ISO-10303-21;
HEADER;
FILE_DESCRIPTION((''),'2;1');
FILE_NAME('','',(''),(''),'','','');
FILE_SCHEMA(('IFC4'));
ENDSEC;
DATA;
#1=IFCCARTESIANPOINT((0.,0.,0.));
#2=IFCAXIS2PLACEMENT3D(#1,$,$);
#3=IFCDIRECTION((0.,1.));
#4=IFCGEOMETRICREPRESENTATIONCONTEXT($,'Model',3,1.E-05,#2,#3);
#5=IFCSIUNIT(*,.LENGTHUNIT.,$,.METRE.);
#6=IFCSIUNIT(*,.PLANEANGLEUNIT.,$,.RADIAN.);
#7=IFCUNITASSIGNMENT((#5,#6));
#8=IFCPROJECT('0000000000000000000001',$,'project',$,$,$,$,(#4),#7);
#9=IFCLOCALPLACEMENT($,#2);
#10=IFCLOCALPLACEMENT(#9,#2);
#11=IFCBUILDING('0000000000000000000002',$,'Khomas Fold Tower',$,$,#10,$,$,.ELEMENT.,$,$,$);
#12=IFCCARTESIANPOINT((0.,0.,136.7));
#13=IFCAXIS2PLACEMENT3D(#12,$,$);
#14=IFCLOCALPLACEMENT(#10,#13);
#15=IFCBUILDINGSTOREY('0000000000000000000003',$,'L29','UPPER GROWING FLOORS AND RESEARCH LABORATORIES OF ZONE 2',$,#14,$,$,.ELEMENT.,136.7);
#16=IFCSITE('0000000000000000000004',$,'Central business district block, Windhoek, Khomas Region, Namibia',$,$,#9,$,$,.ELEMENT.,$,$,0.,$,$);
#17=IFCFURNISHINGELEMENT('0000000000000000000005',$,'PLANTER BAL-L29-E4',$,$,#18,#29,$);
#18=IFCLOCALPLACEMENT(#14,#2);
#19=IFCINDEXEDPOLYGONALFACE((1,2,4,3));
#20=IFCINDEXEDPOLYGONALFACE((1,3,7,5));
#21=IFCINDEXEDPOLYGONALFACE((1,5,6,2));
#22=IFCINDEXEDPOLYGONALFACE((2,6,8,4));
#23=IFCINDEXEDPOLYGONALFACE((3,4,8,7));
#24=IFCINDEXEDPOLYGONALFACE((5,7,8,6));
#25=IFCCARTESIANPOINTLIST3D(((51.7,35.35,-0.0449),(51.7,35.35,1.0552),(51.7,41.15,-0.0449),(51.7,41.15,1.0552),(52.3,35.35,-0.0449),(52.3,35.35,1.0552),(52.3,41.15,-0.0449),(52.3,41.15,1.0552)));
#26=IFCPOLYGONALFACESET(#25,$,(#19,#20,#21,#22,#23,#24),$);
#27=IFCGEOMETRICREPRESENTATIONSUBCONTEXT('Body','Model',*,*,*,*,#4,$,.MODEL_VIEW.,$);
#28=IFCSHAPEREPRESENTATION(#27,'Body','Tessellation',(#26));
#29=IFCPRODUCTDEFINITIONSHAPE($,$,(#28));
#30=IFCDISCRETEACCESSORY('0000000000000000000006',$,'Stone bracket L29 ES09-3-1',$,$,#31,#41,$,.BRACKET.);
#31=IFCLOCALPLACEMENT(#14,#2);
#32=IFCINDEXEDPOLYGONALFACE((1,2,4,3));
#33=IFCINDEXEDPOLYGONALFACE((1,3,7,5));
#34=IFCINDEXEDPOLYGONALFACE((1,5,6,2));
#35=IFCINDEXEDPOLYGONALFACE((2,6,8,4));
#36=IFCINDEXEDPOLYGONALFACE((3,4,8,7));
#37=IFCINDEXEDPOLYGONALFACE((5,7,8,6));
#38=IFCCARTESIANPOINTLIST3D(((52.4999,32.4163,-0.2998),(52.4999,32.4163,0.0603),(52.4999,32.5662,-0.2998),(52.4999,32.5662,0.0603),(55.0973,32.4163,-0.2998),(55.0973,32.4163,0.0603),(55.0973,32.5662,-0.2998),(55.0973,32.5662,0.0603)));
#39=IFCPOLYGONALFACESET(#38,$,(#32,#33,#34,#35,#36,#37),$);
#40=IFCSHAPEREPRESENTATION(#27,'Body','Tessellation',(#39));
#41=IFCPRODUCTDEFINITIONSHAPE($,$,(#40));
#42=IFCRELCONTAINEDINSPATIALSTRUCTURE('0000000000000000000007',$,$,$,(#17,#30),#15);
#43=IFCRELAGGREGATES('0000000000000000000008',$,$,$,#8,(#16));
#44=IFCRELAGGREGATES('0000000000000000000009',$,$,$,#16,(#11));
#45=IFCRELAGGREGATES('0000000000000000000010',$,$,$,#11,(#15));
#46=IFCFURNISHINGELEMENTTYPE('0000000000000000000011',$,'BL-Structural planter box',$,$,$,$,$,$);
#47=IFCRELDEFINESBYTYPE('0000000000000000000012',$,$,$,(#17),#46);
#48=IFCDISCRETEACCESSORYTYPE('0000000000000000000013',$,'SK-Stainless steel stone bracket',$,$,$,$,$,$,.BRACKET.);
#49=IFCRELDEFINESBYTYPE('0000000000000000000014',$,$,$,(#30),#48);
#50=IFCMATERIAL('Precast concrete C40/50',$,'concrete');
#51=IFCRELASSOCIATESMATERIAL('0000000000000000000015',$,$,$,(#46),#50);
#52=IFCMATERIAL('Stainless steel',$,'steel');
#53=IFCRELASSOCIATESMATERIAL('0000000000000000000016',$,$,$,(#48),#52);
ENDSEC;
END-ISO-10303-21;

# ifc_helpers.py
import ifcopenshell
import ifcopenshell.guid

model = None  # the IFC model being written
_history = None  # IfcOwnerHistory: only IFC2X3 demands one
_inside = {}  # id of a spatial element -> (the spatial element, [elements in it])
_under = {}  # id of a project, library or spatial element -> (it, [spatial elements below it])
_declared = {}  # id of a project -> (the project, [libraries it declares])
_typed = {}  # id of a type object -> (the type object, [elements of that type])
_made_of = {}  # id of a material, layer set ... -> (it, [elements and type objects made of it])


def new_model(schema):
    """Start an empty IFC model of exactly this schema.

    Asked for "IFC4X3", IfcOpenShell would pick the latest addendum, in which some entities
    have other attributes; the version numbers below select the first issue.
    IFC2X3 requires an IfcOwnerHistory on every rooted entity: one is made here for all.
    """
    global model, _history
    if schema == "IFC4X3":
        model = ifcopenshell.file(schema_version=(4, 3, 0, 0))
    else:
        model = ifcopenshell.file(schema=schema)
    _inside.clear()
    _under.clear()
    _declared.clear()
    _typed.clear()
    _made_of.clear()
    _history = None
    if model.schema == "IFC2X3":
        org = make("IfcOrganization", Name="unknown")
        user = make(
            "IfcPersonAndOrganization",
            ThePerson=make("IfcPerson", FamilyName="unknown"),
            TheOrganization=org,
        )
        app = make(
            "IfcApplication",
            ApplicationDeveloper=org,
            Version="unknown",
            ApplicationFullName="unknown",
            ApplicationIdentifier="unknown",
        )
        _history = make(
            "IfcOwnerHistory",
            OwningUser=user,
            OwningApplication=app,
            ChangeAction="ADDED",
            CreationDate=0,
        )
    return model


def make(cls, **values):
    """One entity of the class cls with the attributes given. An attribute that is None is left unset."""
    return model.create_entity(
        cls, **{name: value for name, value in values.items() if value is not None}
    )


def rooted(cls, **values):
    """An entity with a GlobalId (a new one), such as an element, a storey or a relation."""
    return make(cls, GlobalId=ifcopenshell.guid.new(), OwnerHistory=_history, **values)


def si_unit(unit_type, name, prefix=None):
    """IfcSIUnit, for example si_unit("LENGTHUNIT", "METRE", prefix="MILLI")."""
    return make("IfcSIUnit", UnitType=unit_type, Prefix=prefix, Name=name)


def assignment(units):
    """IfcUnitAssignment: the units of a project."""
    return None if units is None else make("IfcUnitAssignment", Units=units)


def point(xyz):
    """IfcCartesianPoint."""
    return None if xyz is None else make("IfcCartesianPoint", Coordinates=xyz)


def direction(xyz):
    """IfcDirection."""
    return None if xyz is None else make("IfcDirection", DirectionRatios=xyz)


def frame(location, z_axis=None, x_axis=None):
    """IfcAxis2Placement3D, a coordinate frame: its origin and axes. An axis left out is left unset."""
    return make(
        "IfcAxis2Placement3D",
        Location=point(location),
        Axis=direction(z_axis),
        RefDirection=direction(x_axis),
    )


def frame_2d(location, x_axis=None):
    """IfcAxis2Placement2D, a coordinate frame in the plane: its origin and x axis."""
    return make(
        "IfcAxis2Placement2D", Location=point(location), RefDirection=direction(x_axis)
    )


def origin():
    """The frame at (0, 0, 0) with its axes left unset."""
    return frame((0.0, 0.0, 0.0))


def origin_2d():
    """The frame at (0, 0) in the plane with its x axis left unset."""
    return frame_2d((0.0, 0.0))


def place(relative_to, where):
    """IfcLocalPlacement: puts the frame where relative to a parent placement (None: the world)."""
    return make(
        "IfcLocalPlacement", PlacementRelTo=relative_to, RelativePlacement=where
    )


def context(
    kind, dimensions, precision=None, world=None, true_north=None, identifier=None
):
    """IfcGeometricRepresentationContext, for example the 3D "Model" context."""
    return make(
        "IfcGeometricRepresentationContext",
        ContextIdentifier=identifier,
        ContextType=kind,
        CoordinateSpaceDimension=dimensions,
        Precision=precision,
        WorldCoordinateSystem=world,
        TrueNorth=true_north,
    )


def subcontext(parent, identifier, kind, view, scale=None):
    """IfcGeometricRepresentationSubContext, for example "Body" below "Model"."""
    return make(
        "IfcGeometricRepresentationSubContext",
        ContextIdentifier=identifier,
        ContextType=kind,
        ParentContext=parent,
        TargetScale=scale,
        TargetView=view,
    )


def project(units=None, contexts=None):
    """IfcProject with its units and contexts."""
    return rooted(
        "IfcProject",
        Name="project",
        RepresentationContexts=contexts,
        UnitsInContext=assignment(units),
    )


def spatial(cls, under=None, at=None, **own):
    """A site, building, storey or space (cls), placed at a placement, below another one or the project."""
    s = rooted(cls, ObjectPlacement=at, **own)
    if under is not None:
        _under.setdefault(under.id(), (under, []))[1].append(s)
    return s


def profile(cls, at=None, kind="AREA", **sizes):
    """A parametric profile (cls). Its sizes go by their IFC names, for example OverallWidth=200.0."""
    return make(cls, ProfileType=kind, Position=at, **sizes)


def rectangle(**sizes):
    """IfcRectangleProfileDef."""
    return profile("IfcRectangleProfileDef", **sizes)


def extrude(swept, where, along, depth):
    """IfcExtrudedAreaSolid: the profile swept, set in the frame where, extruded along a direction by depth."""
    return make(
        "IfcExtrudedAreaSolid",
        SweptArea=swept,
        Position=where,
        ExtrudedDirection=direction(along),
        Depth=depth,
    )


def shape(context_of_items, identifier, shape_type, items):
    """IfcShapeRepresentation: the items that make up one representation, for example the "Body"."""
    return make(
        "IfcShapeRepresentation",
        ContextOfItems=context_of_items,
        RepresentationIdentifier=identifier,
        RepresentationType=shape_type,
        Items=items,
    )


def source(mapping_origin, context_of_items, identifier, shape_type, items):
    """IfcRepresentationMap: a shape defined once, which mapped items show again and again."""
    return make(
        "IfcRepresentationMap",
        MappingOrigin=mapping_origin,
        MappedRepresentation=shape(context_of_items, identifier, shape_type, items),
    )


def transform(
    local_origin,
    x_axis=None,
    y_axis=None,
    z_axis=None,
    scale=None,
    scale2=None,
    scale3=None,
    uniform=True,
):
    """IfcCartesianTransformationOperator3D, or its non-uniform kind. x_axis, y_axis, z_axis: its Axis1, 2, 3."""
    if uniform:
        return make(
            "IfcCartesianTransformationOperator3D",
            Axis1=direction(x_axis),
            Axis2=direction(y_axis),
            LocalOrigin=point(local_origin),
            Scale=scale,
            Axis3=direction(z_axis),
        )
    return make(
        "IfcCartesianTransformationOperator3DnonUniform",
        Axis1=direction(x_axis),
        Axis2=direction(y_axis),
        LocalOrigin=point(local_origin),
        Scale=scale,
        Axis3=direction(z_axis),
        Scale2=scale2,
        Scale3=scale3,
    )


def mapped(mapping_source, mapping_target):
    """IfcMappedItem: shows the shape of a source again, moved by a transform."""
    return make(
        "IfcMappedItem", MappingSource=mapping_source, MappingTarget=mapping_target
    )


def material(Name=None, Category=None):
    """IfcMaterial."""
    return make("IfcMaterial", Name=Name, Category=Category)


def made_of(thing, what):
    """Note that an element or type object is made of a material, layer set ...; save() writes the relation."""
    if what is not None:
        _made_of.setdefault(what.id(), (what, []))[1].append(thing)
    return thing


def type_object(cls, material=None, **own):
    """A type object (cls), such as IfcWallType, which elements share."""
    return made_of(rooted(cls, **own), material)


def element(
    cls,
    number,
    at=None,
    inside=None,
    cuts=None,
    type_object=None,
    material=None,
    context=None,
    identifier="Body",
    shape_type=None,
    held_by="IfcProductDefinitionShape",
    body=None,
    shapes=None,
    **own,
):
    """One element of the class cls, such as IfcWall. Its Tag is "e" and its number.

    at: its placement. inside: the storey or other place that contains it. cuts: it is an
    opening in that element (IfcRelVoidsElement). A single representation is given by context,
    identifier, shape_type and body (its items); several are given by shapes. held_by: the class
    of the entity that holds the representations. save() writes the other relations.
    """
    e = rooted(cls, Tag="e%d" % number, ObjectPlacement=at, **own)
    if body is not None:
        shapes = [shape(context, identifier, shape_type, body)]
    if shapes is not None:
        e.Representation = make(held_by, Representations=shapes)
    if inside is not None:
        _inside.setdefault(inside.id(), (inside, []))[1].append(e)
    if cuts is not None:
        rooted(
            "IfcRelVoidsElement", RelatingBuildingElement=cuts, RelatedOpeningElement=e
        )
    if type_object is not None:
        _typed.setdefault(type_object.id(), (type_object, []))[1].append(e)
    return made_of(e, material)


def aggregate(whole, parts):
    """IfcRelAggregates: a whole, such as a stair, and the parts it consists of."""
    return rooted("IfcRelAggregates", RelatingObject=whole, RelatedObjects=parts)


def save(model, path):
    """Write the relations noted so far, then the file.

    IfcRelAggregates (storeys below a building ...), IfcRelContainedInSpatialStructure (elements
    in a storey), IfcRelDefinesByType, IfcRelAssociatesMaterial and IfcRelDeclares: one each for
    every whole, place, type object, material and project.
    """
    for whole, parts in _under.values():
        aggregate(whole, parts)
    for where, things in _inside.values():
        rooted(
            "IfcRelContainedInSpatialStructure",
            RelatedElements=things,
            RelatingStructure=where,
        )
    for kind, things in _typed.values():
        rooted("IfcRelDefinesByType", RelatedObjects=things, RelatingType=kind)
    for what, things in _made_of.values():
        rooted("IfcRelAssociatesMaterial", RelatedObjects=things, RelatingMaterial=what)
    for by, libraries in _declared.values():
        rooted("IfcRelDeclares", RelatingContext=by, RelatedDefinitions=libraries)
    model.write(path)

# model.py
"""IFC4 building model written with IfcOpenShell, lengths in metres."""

from ifc_helpers import new_model, si_unit, direction, frame, origin, origin_2d, place, context, subcontext, project, spatial, rectangle, extrude, source, transform, mapped, material, type_object, element, save


model = new_model("IFC4")

# Units and contexts
model_context = context("Model", 3, precision=1e-05, world=origin(), true_north=direction((0.0, 1.0)))
body_context = subcontext(model_context, "Body", "Model", "MODEL_VIEW")
ifc_project = project(units=[si_unit("LENGTHUNIT", "METRE"), si_unit("PLANEANGLEUNIT", "RADIAN")], contexts=[model_context])

# Site, building, storey
site_placement = place(None, origin())
site = spatial("IfcSite", under=ifc_project, at=site_placement, Name="Central business district block, Windhoek, Khomas Region, Namibia", CompositionType="ELEMENT", RefElevation=0.0)
building_placement = place(site_placement, origin())
building = spatial("IfcBuilding", under=site, at=building_placement, Name="Khomas Fold Tower", CompositionType="ELEMENT")
storey_placement = place(building_placement, frame((0.0, 0.0, 136.7)))
storey = spatial("IfcBuildingStorey", under=building, at=storey_placement, Name="L29", Description="UPPER GROWING FLOORS AND RESEARCH LABORATORIES OF ZONE 2", CompositionType="ELEMENT", Elevation=136.7)

# Furnishing element
ifc_material_1 = material(Name="Precast concrete C40/50", Category="concrete")
furnishing_element_type_1 = type_object("IfcFurnishingElementType", Name="BL-Structural planter box", material=ifc_material_1)
shared_shape_1 = source(origin(), body_context, "Body", "SweptSolid", [
    extrude(rectangle(XDim=5.8, YDim=0.6001, at=origin_2d()), origin(), (0.0, 0.0, 1.0), 1.1001),
])
furnishing_1_placement = place(storey_placement, frame((52.0, 38.25, -0.0449), z_axis=(0.0, 0.0, 1.0), x_axis=(0.0, 1.0, 0.0)))
element("IfcFurnishingElement", 1, at=furnishing_1_placement, inside=storey, type_object=furnishing_element_type_1, Name="PLANTER BAL-L29-E4", context=body_context, shape_type="MappedRepresentation", body=[
    mapped(shared_shape_1, transform((0.0, 0.0, 0.0))),
])

# Discrete accessory
ifc_material_2 = material(Name="Stainless steel", Category="steel")
discrete_accessory_type = type_object("IfcDiscreteAccessoryType", Name="SK-Stainless steel stone bracket", PredefinedType="BRACKET", material=ifc_material_2)
shared_shape_2 = source(origin(), body_context, "Body", "SweptSolid", [
    extrude(rectangle(XDim=2.5974, YDim=0.1499, at=origin_2d()), origin(), (0.0, 0.0, 1.0), 0.3601),
])
discrete_accessory_placement = place(storey_placement, frame((53.7986, 32.4912, -0.2998), z_axis=(0.0, 0.0, 1.0), x_axis=(1.0, 0.0, 0.0)))
element("IfcDiscreteAccessory", 2, at=discrete_accessory_placement, inside=storey, type_object=discrete_accessory_type, Name="Stone bracket L29 ES09-3-1", PredefinedType="BRACKET", context=body_context, shape_type="MappedRepresentation", body=[
    mapped(shared_shape_2, transform((0.0, 0.0, 0.0))),
])

save(model, "model.ifc")
